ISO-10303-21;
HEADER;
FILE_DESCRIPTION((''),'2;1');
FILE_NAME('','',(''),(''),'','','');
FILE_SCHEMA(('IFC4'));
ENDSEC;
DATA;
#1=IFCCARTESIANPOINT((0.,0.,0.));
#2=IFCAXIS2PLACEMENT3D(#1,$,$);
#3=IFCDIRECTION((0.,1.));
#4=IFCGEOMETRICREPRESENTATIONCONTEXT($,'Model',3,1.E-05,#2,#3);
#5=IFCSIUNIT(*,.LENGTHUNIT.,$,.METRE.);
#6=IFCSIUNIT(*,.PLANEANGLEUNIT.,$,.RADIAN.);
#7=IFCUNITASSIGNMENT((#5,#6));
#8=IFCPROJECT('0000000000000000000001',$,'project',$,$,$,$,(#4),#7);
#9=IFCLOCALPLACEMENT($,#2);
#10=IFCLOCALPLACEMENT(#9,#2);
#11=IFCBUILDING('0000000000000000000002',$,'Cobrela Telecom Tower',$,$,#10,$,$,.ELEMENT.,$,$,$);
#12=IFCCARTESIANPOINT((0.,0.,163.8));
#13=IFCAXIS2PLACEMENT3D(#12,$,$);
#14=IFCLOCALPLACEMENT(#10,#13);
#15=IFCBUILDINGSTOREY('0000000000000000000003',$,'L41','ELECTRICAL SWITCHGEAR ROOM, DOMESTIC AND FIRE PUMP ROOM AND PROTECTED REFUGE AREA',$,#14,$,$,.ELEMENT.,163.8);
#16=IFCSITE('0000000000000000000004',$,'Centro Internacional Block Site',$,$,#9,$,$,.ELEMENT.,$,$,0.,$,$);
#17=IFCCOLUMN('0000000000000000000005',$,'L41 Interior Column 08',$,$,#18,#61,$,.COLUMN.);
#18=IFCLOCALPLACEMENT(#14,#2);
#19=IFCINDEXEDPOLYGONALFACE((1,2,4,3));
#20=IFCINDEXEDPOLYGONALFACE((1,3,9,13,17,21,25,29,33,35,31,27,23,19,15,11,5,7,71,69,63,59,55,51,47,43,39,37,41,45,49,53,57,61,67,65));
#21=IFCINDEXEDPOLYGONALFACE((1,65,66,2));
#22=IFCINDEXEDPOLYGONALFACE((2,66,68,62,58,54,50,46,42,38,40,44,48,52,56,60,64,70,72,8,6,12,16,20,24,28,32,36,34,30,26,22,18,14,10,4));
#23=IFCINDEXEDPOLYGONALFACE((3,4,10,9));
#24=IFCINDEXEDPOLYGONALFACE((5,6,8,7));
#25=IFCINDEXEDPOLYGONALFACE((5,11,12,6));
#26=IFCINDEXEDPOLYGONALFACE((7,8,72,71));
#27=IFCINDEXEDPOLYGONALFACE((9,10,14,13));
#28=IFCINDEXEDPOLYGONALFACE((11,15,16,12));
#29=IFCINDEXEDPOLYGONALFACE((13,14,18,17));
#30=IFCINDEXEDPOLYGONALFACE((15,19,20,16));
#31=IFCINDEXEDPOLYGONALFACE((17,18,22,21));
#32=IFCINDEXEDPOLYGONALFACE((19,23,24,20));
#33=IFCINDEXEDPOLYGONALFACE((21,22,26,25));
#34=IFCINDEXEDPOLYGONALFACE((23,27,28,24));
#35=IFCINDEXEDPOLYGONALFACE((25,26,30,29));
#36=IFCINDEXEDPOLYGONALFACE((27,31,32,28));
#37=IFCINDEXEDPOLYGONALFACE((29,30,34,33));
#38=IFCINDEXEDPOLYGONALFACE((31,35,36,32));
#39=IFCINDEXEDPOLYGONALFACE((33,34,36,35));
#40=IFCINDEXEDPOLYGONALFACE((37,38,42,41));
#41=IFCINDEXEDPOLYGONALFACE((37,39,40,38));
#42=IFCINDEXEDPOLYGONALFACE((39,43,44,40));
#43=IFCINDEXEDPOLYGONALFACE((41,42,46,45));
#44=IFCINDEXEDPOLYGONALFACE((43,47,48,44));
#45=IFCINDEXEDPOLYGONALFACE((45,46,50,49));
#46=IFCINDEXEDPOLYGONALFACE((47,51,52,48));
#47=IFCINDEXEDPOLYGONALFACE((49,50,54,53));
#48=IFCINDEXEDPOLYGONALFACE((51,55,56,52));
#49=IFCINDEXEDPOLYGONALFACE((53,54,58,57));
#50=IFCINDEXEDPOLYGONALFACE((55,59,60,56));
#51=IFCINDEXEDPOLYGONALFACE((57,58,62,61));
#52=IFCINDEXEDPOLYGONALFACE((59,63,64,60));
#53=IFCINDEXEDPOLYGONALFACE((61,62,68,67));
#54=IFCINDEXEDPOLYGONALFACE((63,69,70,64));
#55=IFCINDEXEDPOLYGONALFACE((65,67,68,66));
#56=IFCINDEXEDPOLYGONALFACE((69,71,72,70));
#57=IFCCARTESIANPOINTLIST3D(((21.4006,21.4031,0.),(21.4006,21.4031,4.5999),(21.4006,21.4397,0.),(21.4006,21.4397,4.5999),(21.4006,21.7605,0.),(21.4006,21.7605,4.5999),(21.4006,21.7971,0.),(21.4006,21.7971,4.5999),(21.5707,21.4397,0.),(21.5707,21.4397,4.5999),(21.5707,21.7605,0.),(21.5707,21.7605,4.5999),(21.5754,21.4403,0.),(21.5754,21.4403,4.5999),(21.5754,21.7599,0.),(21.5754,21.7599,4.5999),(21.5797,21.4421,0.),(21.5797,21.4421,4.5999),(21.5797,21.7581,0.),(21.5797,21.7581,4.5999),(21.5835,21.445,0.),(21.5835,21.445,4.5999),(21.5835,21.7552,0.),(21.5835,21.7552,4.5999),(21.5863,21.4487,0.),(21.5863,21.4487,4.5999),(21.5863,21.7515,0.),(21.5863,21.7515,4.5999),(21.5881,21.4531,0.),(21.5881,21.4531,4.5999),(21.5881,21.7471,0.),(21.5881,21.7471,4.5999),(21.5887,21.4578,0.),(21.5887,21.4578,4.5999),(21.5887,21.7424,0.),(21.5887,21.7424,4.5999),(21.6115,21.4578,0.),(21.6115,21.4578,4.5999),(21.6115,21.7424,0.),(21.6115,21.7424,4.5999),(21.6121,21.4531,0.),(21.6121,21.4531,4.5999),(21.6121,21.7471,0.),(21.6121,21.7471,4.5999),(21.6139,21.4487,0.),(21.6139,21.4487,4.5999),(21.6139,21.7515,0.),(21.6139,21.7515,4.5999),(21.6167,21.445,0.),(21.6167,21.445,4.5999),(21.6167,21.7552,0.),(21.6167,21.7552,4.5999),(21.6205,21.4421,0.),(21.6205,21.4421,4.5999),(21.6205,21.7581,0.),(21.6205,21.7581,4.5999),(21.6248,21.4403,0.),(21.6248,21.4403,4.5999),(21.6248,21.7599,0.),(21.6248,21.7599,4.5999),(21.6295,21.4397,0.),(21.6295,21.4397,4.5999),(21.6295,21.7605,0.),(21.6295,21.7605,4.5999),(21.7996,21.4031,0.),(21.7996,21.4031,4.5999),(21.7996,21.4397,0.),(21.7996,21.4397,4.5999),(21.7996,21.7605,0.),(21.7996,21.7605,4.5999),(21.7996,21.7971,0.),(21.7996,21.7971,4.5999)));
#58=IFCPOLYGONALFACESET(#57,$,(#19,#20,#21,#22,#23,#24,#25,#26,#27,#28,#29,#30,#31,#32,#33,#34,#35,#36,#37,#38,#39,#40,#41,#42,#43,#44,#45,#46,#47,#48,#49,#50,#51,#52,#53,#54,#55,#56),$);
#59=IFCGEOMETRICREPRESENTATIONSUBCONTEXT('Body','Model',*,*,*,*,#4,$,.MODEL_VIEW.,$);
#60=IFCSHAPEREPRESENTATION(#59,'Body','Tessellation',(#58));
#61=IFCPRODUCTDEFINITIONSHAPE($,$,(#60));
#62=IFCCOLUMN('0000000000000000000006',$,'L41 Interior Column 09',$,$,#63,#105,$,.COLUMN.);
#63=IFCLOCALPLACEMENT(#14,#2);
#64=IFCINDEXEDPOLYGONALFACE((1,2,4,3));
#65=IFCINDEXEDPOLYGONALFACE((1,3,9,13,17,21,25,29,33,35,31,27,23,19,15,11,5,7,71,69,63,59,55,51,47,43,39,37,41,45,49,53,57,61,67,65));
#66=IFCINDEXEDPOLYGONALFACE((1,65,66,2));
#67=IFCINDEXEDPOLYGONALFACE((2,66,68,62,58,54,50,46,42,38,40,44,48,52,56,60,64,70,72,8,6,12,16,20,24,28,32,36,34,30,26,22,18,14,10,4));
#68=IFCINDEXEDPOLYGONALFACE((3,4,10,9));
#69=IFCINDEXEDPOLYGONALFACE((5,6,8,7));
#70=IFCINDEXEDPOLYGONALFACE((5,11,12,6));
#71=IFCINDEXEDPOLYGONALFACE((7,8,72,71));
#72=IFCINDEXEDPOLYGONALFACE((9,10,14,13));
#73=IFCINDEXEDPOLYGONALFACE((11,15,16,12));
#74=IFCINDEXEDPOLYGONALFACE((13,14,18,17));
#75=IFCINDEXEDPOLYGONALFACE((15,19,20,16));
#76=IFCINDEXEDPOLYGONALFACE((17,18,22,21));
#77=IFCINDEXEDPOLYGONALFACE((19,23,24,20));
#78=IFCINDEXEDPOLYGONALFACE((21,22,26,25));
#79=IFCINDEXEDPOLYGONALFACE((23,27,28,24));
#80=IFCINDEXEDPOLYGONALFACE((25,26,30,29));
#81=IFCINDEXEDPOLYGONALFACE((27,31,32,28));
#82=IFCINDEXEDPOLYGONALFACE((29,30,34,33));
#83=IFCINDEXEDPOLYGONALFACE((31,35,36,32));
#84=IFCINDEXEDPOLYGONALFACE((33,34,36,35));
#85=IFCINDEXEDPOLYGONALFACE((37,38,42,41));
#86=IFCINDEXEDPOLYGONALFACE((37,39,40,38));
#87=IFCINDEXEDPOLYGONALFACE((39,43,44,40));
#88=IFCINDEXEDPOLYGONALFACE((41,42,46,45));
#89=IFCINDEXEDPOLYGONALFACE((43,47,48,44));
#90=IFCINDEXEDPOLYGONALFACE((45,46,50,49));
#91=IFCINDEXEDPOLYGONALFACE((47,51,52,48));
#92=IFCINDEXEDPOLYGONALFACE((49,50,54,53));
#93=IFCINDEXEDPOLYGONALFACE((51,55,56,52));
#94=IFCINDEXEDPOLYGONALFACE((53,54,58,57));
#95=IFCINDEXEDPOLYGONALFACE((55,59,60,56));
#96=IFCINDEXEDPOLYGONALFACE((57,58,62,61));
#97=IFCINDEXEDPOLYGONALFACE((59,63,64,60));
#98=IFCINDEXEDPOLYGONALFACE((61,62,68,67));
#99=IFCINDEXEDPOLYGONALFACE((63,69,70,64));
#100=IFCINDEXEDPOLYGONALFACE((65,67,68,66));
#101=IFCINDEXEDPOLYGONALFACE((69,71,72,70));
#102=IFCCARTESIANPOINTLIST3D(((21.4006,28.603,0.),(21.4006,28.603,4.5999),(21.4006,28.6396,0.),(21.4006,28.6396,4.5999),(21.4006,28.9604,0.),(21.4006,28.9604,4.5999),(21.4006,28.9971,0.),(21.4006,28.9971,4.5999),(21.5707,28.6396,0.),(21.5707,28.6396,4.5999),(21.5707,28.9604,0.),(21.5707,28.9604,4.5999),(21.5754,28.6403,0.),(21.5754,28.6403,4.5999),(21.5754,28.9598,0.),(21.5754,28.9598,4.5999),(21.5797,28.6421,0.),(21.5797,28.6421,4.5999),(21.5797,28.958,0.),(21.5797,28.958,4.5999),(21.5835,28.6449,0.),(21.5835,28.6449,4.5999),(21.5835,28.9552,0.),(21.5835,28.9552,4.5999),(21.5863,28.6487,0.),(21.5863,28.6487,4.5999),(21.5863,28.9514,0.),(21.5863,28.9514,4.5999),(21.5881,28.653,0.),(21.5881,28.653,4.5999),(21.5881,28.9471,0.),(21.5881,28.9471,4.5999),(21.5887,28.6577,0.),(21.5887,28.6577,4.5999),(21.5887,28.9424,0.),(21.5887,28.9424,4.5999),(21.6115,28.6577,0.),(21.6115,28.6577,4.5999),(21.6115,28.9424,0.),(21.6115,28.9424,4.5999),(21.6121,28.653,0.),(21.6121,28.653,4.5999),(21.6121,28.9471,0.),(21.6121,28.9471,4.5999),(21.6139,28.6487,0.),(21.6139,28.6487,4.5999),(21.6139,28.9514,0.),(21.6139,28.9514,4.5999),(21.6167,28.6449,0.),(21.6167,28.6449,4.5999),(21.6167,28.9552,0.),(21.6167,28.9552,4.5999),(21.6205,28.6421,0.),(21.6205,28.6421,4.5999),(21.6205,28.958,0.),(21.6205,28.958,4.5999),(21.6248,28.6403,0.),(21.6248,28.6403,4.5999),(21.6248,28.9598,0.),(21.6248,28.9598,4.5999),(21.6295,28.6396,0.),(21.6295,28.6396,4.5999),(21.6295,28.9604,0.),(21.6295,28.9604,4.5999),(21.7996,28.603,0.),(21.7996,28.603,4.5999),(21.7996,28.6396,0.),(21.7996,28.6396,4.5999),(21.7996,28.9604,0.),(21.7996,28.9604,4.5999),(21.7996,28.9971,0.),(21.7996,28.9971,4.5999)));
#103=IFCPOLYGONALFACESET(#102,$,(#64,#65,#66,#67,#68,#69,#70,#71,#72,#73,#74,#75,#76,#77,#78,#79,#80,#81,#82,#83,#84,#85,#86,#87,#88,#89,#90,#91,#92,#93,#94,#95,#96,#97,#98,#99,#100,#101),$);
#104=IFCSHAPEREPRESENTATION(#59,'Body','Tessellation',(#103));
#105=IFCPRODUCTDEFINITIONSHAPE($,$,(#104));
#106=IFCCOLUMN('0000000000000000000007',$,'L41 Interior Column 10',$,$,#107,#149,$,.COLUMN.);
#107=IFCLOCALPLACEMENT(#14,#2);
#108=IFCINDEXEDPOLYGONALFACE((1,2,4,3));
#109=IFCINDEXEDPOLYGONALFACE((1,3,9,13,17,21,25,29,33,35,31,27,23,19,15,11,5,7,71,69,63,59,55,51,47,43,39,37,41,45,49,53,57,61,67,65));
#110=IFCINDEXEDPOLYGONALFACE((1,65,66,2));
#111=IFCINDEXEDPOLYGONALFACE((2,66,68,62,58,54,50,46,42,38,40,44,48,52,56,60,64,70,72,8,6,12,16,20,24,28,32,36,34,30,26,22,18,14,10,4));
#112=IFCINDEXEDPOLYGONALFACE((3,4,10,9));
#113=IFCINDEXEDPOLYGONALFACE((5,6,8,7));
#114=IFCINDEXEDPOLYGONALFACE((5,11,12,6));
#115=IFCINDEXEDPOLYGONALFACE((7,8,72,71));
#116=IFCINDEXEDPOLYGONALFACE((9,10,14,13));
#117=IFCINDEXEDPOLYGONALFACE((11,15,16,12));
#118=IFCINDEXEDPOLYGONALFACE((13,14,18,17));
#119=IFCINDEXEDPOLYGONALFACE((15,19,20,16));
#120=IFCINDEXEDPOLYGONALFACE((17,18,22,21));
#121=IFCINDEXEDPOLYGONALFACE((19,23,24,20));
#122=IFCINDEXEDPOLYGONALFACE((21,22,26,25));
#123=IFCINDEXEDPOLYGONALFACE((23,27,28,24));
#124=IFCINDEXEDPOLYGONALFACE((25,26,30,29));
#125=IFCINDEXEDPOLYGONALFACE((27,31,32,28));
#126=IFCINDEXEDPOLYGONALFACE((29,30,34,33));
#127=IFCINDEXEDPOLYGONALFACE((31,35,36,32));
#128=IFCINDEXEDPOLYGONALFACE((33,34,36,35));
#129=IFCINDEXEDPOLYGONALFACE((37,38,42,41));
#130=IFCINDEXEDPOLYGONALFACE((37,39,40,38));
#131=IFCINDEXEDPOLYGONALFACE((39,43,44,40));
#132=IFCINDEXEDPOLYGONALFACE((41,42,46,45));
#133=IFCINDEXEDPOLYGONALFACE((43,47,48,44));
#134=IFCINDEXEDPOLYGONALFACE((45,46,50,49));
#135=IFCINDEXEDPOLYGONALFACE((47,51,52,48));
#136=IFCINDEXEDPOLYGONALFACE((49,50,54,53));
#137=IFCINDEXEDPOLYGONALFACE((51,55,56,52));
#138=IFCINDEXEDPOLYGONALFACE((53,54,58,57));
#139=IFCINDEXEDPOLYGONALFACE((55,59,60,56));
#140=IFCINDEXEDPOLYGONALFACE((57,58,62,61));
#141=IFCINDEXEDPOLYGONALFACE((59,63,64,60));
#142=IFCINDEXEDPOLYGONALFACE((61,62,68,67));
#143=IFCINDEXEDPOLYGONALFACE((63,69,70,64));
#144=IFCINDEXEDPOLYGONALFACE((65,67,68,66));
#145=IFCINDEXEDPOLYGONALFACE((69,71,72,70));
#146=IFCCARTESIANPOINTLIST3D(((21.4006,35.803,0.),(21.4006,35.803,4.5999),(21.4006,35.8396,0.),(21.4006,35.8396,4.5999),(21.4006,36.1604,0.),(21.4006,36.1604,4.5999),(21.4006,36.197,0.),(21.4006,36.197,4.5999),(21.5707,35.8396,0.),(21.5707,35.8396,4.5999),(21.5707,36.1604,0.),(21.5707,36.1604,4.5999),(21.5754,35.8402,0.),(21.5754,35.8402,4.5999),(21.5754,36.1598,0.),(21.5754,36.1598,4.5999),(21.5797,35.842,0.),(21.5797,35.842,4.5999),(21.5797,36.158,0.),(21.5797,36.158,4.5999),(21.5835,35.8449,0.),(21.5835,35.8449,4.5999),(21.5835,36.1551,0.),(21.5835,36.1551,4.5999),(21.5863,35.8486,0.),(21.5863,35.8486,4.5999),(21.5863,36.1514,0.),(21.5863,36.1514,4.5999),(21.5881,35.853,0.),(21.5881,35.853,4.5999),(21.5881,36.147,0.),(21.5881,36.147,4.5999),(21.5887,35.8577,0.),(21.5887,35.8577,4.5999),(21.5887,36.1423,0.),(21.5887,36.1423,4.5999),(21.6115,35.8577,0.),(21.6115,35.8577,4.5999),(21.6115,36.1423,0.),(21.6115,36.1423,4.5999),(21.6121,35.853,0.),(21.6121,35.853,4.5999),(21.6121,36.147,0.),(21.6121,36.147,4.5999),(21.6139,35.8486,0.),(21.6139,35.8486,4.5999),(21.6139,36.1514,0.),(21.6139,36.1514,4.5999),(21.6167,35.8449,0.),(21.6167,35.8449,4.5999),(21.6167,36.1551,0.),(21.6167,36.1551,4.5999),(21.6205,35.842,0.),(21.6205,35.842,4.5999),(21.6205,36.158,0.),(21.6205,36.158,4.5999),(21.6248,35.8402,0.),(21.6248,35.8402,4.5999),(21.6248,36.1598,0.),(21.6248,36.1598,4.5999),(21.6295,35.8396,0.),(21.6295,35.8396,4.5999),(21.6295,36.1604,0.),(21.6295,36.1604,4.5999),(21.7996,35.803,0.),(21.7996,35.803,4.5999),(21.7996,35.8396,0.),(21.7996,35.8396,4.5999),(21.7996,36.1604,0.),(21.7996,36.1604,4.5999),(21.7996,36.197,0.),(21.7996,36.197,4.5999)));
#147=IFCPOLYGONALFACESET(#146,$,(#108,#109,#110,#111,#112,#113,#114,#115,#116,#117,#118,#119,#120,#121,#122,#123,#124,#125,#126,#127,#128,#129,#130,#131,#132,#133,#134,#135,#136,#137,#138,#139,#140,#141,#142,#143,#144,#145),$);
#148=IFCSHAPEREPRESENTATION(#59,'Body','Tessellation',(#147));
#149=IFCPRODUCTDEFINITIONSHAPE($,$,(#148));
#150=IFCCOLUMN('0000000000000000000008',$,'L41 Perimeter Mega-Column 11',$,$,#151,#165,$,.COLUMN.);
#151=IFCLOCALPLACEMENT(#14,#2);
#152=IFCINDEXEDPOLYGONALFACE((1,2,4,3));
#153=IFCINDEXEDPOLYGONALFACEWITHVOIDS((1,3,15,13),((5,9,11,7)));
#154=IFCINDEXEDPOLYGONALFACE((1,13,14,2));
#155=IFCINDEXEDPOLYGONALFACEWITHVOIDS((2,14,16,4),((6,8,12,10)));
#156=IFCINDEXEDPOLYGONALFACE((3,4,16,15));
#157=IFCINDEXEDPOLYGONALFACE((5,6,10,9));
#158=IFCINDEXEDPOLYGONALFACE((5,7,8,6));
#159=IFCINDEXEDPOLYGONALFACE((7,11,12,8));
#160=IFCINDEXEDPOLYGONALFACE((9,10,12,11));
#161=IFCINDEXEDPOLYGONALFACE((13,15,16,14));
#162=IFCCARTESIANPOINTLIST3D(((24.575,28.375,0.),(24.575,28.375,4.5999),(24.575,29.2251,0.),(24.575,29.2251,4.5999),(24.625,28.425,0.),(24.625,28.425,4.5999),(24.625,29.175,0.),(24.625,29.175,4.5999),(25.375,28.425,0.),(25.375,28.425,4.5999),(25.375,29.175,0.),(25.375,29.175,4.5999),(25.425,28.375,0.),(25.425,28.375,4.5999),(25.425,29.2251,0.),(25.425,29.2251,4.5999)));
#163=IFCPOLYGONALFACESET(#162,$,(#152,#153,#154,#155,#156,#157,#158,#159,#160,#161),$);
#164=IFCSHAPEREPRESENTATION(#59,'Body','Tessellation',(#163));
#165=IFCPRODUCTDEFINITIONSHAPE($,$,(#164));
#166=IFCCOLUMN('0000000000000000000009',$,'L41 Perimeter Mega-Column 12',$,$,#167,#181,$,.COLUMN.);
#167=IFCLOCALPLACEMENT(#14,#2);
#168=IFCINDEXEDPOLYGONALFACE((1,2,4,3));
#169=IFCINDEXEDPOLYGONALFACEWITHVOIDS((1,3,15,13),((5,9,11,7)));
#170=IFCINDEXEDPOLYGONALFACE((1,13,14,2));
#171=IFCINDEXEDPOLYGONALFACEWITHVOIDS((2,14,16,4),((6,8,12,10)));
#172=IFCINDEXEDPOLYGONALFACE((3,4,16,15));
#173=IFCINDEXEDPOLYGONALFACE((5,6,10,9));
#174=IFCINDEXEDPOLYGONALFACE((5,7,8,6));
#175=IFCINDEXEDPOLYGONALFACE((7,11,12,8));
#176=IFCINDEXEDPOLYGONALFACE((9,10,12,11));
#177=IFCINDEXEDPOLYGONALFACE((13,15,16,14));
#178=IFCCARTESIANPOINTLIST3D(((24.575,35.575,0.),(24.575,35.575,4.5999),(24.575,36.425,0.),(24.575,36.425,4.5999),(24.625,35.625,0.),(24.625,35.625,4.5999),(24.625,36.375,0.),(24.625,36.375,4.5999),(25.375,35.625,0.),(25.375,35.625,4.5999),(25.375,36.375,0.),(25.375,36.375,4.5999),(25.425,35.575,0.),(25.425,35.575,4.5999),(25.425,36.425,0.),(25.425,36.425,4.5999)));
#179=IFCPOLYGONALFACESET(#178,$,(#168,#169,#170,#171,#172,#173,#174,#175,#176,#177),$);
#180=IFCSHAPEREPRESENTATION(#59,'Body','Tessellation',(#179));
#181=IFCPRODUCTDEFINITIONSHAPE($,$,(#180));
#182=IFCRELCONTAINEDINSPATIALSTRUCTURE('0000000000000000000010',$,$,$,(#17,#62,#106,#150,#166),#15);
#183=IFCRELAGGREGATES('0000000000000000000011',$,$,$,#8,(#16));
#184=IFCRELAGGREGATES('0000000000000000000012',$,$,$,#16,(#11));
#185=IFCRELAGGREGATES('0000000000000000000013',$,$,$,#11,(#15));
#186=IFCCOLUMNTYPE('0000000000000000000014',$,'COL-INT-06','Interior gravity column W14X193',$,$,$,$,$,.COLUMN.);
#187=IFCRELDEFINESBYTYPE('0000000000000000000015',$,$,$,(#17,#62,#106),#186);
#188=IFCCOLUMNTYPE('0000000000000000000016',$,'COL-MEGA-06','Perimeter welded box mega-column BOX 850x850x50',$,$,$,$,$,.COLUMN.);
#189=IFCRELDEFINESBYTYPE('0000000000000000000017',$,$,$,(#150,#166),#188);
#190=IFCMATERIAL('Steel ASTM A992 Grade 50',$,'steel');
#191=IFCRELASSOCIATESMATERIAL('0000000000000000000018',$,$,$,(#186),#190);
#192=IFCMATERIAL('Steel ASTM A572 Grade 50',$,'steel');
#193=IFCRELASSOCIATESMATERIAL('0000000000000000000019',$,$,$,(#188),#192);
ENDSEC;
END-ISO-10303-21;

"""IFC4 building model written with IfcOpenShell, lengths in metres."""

from ifc_helpers import new_model, si_unit, direction, frame, origin, origin_2d, place, context, subcontext, project, spatial, hollow_rectangle, i_section, extrude, material, material_profile, profile_set, type_object, element, save


model = new_model("IFC4")

# Units and contexts
model_context = context("Model", 3, precision=1e-05, world=origin(), true_north=direction((0.0, 1.0)))
body_context = subcontext(model_context, "Body", "Model", "MODEL_VIEW")
ifc_project = project(units=[si_unit("LENGTHUNIT", "METRE"), si_unit("PLANEANGLEUNIT", "RADIAN")], contexts=[model_context])

# Site, building, storey
site_placement = place(None, origin())
site = spatial("IfcSite", under=ifc_project, at=site_placement, Name="Centro Internacional Block Site", CompositionType="ELEMENT", RefElevation=0.0)
building_placement = place(site_placement, origin())
building = spatial("IfcBuilding", under=site, at=building_placement, Name="Cobrela Telecom Tower", CompositionType="ELEMENT")
storey_placement = place(building_placement, frame((0.0, 0.0, 163.8)))
storey = spatial("IfcBuildingStorey", under=building, at=storey_placement, Name="L41", Description="ELECTRICAL SWITCHGEAR ROOM, DOMESTIC AND FIRE PUMP ROOM AND PROTECTED REFUGE AREA", CompositionType="ELEMENT", Elevation=163.8)

# Columns
ifc_material_1 = material(Name="Steel ASTM A992 Grade 50", Category="steel")
ifc_material_profile_1 = material_profile(ifc_material_1, i_section(OverallWidth=0.3989, OverallDepth=0.394, WebThickness=0.0227, FlangeThickness=0.0366, FilletRadius=0.0181, at=origin_2d()), Name="W14X193")
ifc_profile_set_1 = profile_set([ifc_material_profile_1], Name="Steel ASTM A992 Grade 50")
column_type_1 = type_object("IfcColumnType", Name="COL-INT-06", Description="Interior gravity column W14X193", PredefinedType="COLUMN", material=ifc_profile_set_1)
for number, where, z_axis, x_axis, name in (
    (1, (21.6001, 21.6001, 0.0), (0.0, 0.0, 1.0), (1.0, 0.0, 0.0), "L41 Interior Column 08"),
    (2, (21.6001, 28.8, 0.0), (0.0, 0.0, 1.0), (1.0, 0.0, 0.0), "L41 Interior Column 09"),
    (3, (21.6001, 36.0, 0.0), (0.0, 0.0, 1.0), (1.0, 0.0, 0.0), "L41 Interior Column 10"),
):
    element("IfcColumn", number, at=place(storey_placement, frame(where, z_axis=z_axis, x_axis=x_axis)), inside=storey, type_object=column_type_1, Name=name, PredefinedType="COLUMN", context=body_context, shape_type="SweptSolid", body=[
        extrude(i_section(OverallWidth=0.3989, OverallDepth=0.394, WebThickness=0.0227, FlangeThickness=0.0366, FilletRadius=0.0181, at=origin_2d()), origin(), (0.0, 0.0, 1.0), 4.5999),
    ])
ifc_material_2 = material(Name="Steel ASTM A572 Grade 50", Category="steel")
ifc_material_profile_2 = material_profile(ifc_material_2, hollow_rectangle(XDim=0.8501, YDim=0.8501, WallThickness=0.05, at=origin_2d()), Name="BOX 850x850x50")
ifc_profile_set_2 = profile_set([ifc_material_profile_2], Name="Steel ASTM A572 Grade 50")
column_type_2 = type_object("IfcColumnType", Name="COL-MEGA-06", Description="Perimeter welded box mega-column BOX 850x850x50", PredefinedType="COLUMN", material=ifc_profile_set_2)
for number, where, z_axis, x_axis, name in (
    (4, (25.0, 28.8, 0.0), (0.0, 0.0, 1.0), (1.0, 0.0, 0.0), "L41 Perimeter Mega-Column 11"),
    (5, (25.0, 36.0, 0.0), (0.0, 0.0, 1.0), (1.0, 0.0, 0.0), "L41 Perimeter Mega-Column 12"),
):
    element("IfcColumn", number, at=place(storey_placement, frame(where, z_axis=z_axis, x_axis=x_axis)), inside=storey, type_object=column_type_2, Name=name, PredefinedType="COLUMN", context=body_context, shape_type="SweptSolid", body=[
        extrude(hollow_rectangle(XDim=0.8501, YDim=0.8501, WallThickness=0.05, at=origin_2d()), origin(), (0.0, 0.0, 1.0), 4.5999),
    ])

save(model, "model.ifc")
